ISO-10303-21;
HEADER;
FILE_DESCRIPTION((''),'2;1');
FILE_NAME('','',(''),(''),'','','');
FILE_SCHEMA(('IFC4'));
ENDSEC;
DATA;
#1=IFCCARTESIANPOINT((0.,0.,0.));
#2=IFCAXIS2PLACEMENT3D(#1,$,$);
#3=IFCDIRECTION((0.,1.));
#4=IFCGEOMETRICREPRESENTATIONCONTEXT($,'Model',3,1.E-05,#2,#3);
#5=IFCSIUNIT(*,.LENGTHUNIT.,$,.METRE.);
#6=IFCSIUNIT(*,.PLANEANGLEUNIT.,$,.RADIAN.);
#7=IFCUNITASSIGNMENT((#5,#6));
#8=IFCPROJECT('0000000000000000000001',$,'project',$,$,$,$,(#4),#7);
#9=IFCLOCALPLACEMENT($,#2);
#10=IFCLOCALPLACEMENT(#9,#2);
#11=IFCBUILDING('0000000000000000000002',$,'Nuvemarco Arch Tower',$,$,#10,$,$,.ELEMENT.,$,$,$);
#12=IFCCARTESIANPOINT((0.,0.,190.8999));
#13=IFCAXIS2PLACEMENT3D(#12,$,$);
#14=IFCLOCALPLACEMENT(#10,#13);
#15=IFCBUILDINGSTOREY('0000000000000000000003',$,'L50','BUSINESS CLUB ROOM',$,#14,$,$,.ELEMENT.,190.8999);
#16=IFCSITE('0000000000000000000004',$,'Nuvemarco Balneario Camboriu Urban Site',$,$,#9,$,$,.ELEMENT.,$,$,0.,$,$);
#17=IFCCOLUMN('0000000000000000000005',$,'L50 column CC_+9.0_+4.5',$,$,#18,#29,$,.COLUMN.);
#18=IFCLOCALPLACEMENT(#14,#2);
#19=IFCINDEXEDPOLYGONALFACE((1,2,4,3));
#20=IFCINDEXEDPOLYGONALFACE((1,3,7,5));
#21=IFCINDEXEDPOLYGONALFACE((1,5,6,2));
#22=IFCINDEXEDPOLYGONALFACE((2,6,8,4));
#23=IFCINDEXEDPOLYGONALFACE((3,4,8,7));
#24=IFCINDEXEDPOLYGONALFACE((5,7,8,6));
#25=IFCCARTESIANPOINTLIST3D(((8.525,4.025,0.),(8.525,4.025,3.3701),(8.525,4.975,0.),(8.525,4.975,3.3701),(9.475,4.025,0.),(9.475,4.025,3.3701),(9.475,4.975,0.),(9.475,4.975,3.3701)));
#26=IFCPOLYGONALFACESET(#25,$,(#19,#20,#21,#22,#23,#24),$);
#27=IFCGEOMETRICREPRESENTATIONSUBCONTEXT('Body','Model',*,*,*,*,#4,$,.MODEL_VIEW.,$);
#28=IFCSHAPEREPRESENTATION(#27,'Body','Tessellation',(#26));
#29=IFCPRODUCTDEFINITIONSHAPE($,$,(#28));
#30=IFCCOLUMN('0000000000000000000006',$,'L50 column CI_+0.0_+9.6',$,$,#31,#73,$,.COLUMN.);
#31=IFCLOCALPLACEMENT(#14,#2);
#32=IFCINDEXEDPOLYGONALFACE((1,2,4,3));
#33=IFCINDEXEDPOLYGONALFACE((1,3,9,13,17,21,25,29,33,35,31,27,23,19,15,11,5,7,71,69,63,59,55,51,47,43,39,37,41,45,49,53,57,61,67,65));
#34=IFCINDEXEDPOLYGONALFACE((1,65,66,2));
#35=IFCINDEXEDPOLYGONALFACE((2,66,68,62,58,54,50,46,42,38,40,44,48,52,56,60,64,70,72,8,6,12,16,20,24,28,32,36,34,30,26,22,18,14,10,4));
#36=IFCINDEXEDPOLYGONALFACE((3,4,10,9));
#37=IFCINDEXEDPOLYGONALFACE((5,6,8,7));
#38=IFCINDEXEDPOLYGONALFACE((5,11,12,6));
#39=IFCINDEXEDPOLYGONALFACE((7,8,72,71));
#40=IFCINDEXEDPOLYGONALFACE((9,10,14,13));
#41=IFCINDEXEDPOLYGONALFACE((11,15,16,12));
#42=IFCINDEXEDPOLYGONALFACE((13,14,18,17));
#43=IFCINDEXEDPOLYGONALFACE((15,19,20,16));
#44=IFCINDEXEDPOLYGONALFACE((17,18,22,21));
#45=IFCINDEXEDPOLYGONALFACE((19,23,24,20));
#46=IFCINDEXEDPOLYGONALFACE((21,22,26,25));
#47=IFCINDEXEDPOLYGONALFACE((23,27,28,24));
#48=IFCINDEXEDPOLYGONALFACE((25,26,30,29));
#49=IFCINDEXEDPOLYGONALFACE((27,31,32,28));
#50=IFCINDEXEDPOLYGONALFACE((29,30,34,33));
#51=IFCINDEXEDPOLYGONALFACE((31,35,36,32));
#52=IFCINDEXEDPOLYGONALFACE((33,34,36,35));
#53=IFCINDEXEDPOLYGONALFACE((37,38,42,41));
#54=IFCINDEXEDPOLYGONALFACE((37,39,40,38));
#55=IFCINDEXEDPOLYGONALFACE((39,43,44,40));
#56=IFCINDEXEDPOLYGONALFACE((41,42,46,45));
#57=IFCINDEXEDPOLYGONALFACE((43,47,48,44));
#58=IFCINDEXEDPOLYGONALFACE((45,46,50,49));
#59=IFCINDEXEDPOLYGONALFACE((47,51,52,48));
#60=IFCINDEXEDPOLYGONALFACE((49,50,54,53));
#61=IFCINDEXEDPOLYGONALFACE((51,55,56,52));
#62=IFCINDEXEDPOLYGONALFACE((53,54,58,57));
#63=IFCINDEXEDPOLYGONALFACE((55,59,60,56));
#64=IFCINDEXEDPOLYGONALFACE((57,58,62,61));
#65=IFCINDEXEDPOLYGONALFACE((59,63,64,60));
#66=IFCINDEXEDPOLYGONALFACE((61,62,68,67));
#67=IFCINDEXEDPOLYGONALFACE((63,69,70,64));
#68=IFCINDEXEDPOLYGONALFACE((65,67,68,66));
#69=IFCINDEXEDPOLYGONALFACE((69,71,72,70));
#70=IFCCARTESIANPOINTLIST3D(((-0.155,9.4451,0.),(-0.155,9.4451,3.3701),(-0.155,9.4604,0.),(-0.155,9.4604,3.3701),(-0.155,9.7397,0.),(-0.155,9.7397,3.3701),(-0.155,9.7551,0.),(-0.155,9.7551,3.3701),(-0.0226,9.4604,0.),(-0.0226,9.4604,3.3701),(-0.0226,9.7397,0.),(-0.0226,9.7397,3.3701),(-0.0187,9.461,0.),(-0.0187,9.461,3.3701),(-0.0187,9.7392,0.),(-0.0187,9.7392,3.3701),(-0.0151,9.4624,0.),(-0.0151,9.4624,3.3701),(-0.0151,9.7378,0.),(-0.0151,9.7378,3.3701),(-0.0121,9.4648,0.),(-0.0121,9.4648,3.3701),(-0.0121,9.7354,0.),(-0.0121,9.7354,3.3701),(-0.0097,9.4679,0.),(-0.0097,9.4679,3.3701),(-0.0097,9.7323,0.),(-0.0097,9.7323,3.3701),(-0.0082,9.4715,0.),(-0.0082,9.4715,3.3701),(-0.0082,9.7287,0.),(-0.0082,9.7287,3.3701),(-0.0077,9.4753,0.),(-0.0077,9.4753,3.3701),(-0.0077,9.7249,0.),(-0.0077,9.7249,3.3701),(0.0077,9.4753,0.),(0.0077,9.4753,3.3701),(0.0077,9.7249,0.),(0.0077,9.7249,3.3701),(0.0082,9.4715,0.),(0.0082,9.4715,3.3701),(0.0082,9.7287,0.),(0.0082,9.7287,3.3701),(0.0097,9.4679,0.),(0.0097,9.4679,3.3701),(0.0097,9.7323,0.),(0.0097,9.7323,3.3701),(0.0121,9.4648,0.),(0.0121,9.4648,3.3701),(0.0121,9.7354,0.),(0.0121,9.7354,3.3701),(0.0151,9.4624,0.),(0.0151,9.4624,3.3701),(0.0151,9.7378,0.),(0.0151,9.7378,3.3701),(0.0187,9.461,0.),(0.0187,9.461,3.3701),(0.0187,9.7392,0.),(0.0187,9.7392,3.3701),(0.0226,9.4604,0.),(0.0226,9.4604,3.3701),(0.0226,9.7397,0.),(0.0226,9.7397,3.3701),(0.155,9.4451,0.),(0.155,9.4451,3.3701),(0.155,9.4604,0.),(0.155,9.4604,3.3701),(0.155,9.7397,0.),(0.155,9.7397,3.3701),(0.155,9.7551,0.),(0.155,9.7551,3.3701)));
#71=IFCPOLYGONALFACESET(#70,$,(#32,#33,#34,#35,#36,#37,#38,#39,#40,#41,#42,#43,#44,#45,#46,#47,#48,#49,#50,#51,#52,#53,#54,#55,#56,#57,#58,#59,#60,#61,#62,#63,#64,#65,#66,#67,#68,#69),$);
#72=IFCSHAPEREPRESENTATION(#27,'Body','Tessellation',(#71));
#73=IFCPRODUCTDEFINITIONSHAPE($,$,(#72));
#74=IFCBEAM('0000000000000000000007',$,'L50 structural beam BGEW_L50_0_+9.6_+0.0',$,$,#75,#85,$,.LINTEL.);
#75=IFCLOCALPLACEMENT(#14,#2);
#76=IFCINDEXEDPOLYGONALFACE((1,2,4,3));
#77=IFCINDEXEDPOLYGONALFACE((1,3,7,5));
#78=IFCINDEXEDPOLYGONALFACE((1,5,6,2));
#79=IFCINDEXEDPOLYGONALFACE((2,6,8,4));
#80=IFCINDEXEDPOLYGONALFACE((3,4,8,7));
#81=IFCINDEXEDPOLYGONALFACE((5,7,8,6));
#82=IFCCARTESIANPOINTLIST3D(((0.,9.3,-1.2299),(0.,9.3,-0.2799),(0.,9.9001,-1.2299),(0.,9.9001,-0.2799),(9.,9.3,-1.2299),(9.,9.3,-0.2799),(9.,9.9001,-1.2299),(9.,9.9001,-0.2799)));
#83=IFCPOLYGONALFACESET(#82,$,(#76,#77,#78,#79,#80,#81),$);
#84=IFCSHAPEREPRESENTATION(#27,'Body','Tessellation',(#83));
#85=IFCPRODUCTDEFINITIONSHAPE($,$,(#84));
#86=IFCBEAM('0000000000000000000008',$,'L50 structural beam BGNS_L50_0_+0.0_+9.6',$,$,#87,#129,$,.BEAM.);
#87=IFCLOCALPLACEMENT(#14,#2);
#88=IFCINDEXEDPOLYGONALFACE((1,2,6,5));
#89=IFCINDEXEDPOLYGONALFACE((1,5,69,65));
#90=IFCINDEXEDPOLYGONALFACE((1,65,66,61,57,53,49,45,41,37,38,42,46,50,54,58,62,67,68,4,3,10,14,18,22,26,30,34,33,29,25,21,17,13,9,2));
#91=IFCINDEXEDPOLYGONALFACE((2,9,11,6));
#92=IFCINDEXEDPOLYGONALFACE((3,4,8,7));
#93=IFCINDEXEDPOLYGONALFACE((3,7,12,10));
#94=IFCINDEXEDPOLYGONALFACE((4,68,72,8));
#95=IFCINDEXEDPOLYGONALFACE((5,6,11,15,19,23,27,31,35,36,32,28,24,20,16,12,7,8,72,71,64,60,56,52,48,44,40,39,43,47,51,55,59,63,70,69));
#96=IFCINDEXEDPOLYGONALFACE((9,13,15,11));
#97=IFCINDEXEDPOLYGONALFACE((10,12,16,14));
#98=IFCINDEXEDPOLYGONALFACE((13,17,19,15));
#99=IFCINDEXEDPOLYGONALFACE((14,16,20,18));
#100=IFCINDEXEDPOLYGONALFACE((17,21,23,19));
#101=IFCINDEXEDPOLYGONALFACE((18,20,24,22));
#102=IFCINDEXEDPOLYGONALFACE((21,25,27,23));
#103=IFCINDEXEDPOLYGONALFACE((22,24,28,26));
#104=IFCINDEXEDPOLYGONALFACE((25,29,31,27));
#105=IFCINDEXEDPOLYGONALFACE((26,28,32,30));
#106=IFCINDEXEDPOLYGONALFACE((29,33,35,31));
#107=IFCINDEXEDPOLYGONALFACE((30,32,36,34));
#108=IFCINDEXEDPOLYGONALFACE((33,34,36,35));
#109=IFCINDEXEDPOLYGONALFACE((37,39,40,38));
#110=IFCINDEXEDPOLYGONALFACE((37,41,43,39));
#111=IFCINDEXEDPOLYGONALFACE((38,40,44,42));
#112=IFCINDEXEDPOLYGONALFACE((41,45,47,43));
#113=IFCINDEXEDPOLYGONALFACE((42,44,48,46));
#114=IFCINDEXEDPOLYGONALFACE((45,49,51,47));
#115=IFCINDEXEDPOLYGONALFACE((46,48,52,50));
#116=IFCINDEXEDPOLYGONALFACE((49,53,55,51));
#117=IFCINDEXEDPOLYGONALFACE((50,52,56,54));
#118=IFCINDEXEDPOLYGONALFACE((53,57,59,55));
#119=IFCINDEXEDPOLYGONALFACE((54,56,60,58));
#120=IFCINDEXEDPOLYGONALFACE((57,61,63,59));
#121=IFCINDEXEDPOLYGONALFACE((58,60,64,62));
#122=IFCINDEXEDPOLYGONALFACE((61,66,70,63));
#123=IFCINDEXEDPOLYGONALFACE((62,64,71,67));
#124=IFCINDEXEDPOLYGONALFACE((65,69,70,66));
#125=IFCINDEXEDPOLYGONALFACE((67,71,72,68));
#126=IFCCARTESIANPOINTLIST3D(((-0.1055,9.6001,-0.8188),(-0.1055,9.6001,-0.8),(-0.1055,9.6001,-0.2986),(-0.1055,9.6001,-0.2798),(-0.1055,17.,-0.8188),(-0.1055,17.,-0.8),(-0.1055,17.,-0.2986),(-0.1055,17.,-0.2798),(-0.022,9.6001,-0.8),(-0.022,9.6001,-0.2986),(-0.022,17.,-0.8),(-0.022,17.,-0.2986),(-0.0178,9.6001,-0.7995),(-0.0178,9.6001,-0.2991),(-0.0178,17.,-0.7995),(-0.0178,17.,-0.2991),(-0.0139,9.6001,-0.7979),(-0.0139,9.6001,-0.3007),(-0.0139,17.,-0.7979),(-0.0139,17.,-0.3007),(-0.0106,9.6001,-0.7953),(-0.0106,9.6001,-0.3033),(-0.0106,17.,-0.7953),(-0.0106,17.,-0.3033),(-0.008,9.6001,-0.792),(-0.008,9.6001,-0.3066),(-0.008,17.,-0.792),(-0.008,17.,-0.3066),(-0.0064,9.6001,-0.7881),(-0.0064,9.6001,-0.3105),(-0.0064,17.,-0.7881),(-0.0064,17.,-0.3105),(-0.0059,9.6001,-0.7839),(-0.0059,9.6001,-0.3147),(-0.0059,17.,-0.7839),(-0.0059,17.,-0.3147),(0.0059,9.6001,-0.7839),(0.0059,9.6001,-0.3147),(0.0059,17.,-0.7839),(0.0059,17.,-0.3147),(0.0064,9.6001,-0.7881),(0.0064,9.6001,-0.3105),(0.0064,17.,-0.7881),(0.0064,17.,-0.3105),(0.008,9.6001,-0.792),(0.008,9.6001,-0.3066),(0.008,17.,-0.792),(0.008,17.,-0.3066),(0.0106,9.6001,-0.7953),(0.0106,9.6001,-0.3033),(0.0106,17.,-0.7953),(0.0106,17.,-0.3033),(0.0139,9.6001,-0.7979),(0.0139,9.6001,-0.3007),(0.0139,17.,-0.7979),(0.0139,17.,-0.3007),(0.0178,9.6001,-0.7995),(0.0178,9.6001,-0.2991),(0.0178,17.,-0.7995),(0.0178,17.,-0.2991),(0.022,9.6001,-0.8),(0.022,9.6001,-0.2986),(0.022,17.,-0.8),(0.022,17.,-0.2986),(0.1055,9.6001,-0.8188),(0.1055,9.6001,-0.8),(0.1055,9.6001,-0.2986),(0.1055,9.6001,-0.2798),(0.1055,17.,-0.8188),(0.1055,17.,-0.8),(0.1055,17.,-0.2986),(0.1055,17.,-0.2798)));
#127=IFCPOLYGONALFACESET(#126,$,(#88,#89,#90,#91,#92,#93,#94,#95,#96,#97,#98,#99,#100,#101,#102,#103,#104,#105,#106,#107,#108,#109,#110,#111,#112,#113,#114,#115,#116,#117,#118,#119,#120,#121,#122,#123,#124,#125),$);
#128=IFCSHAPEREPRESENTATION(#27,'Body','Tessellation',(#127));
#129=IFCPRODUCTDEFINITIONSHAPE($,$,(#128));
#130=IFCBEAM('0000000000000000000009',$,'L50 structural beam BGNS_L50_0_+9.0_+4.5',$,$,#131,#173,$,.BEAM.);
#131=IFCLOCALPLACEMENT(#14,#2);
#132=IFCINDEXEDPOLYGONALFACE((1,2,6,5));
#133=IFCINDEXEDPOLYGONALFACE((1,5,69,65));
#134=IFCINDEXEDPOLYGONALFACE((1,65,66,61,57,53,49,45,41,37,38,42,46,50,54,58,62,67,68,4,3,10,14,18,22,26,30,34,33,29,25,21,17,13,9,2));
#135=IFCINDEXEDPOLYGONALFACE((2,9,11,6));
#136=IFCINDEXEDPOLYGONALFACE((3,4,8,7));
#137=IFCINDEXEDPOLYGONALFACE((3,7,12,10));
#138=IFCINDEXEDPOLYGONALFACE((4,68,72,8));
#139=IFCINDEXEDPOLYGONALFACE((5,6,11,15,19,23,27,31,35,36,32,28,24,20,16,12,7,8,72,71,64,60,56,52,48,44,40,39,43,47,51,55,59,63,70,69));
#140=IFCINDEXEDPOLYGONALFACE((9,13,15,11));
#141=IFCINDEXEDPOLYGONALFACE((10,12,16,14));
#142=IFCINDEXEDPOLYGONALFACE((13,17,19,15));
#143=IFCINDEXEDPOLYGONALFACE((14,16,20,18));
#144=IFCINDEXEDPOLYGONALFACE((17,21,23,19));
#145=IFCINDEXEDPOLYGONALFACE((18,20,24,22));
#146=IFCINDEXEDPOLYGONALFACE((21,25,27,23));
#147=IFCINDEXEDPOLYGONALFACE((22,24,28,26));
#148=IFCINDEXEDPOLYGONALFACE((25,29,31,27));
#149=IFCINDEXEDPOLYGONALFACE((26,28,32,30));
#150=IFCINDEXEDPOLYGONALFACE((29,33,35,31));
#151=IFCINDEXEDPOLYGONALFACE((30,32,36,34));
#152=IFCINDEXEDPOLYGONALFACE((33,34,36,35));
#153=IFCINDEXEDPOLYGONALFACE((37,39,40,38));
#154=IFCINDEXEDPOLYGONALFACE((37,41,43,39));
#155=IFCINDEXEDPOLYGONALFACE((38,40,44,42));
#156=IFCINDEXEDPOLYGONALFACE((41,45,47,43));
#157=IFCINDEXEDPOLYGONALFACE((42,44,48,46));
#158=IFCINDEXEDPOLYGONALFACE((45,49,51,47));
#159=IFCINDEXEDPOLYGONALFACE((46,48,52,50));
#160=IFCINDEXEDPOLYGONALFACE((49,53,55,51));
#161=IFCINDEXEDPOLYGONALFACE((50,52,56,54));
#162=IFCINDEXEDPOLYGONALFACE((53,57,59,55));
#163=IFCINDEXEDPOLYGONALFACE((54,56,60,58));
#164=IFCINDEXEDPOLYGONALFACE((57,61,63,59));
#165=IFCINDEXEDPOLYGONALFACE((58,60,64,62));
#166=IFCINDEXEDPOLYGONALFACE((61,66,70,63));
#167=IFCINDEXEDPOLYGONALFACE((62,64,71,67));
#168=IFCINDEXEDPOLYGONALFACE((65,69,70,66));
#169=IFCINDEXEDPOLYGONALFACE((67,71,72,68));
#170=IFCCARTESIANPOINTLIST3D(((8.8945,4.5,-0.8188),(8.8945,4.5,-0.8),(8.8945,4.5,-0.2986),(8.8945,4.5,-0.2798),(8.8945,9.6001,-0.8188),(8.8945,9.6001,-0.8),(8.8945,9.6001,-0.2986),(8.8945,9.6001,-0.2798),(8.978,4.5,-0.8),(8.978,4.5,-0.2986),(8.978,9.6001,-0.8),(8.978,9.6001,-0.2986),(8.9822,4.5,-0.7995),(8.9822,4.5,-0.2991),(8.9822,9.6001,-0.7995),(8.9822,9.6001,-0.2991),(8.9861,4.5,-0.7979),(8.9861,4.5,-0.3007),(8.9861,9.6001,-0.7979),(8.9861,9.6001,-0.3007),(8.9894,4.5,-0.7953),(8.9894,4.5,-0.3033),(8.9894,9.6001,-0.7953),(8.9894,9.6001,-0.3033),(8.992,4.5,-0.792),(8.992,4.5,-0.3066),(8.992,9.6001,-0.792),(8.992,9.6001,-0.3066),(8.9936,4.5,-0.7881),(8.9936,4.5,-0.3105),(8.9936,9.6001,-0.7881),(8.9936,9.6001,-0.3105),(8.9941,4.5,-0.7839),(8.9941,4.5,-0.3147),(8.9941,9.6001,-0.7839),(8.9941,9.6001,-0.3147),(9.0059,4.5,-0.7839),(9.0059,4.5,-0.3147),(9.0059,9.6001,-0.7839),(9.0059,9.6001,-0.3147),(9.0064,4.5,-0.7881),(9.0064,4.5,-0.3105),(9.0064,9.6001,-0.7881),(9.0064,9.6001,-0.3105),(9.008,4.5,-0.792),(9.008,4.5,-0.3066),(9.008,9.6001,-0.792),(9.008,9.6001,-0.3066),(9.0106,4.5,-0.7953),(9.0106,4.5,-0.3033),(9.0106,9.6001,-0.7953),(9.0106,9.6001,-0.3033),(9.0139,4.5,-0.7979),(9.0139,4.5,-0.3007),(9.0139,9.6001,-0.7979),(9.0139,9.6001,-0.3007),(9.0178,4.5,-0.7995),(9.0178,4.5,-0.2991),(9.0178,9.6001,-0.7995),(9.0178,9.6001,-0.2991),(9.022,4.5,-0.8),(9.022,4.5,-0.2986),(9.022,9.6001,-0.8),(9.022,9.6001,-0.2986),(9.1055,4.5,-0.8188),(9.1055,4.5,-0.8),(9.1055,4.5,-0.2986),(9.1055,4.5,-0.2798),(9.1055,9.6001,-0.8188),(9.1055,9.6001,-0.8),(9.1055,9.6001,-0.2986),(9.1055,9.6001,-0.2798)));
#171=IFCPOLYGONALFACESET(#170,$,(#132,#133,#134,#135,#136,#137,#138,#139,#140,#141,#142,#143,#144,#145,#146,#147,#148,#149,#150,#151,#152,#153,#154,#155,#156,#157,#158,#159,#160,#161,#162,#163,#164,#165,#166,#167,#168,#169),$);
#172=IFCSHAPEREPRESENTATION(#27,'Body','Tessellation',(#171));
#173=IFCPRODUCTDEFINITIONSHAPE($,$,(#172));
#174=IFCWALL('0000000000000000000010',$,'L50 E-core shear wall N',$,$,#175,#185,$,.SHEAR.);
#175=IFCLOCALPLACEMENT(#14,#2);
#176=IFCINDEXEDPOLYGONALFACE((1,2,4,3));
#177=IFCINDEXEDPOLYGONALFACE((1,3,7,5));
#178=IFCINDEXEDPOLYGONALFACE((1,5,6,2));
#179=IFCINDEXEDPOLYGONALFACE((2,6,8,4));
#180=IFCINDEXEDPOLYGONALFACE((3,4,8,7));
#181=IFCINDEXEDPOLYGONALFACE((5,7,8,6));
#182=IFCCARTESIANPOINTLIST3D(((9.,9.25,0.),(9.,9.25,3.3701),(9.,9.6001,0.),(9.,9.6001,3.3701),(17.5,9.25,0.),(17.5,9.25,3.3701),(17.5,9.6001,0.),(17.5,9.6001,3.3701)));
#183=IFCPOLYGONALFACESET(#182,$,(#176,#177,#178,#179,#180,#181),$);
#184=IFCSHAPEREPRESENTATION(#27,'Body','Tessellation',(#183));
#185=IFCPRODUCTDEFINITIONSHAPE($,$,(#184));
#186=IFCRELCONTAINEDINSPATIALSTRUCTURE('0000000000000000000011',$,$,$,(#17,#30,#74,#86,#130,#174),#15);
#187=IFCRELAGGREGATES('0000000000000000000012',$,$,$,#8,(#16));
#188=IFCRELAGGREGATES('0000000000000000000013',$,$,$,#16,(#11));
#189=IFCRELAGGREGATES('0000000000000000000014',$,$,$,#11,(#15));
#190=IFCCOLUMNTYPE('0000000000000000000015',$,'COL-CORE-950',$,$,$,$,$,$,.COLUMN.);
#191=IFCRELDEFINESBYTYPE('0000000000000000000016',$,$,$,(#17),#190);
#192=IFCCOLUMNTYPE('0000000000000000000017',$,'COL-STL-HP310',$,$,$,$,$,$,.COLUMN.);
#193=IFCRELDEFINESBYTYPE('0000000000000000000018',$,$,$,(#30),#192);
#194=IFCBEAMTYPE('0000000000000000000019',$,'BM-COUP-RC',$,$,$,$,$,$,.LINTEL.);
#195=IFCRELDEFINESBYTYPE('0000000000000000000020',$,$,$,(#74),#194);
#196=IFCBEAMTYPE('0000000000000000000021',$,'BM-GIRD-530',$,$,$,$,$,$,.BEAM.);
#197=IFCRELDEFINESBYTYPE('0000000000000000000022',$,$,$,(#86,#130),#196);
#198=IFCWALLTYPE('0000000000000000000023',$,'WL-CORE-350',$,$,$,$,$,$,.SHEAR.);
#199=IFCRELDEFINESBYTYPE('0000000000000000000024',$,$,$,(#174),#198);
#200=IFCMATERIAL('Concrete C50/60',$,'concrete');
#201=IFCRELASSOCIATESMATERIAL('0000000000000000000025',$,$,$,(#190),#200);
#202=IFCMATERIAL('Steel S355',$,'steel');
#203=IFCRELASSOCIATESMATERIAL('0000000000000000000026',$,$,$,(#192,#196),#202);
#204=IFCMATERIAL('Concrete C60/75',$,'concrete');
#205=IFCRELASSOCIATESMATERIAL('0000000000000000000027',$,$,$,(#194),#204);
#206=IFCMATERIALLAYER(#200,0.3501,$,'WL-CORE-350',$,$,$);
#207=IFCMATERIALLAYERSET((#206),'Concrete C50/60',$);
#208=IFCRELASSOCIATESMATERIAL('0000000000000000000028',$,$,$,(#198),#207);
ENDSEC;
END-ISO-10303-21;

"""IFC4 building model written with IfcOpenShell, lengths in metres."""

from ifc_helpers import new_model, si_unit, direction, frame, frame_2d, origin, origin_2d, place, context, subcontext, project, spatial, rectangle, i_section, extrude, material, layer, layer_set, material_profile, profile_set, type_object, element, save


model = new_model("IFC4")

# Units and contexts
model_context = context("Model", 3, precision=1e-05, world=origin(), true_north=direction((0.0, 1.0)))
body_context = subcontext(model_context, "Body", "Model", "MODEL_VIEW")
ifc_project = project(units=[si_unit("LENGTHUNIT", "METRE"), si_unit("PLANEANGLEUNIT", "RADIAN")], contexts=[model_context])

# Site, building, storey
site_placement = place(None, origin())
site = spatial("IfcSite", under=ifc_project, at=site_placement, Name="Nuvemarco Balneario Camboriu Urban Site", CompositionType="ELEMENT", RefElevation=0.0)
building_placement = place(site_placement, origin())
building = spatial("IfcBuilding", under=site, at=building_placement, Name="Nuvemarco Arch Tower", CompositionType="ELEMENT")
storey_placement = place(building_placement, frame((0.0, 0.0, 190.8999)))
storey = spatial("IfcBuildingStorey", under=building, at=storey_placement, Name="L50", Description="BUSINESS CLUB ROOM", CompositionType="ELEMENT", Elevation=190.8999)

# Columns
ifc_material_1 = material(Name="Concrete C50/60", Category="concrete")
ifc_material_profile_1 = material_profile(ifc_material_1, rectangle(XDim=0.95, YDim=0.95, at=origin_2d()), Name="RC-COL-950x950")
ifc_profile_set_1 = profile_set([ifc_material_profile_1], Name="Concrete C50/60")
column_type_1 = type_object("IfcColumnType", Name="COL-CORE-950", PredefinedType="COLUMN", material=ifc_profile_set_1)
column_1_placement = place(storey_placement, frame((9.0, 4.5, 0.0), z_axis=(0.0, 0.0, 1.0), x_axis=(1.0, 0.0, 0.0)))
element("IfcColumn", 1, at=column_1_placement, inside=storey, type_object=column_type_1, Name="L50 column CC_+9.0_+4.5", PredefinedType="COLUMN", context=body_context, shape_type="SweptSolid", body=[
    extrude(rectangle(XDim=0.95, YDim=0.95, at=origin_2d()), origin(), (0.0, 0.0, 1.0), 3.3701),
])
ifc_material_2 = material(Name="Steel S355", Category="steel")
ifc_material_profile_2 = material_profile(ifc_material_2, i_section(OverallWidth=0.3101, OverallDepth=0.3101, WebThickness=0.0154, FlangeThickness=0.0154, FilletRadius=0.0149, at=origin_2d()), Name="HP310x110")
ifc_profile_set_2 = profile_set([ifc_material_profile_2], Name="Steel S355")
column_type_2 = type_object("IfcColumnType", Name="COL-STL-HP310", PredefinedType="COLUMN", material=ifc_profile_set_2)
column_2_placement = place(storey_placement, frame((0.0, 9.6001, 0.0), z_axis=(0.0, 0.0, 1.0), x_axis=(1.0, 0.0, 0.0)))
element("IfcColumn", 2, at=column_2_placement, inside=storey, type_object=column_type_2, Name="L50 column CI_+0.0_+9.6", PredefinedType="COLUMN", context=body_context, shape_type="SweptSolid", body=[
    extrude(i_section(OverallWidth=0.3101, OverallDepth=0.3101, WebThickness=0.0154, FlangeThickness=0.0154, FilletRadius=0.0149, at=origin_2d()), origin(), (0.0, 0.0, 1.0), 3.3701),
])

# Beams
ifc_material_3 = material(Name="Concrete C60/75", Category="concrete")
ifc_material_profile_3 = material_profile(ifc_material_3, rectangle(XDim=0.6001, YDim=0.95, at=origin_2d()), Name="RC-BM-600x950")
ifc_profile_set_3 = profile_set([ifc_material_profile_3], Name="Concrete C60/75")
beam_type_1 = type_object("IfcBeamType", Name="BM-COUP-RC", PredefinedType="LINTEL", material=ifc_profile_set_3)
beam_1_placement = place(storey_placement, frame((0.0, 9.6001, -0.7549), z_axis=(1.0, 0.0, 0.0), x_axis=(0.0, 1.0, 0.0)))
element("IfcBeam", 3, at=beam_1_placement, inside=storey, type_object=beam_type_1, Name="L50 structural beam BGEW_L50_0_+9.6_+0.0", PredefinedType="LINTEL", context=body_context, shape_type="SweptSolid", body=[
    extrude(rectangle(XDim=0.6001, YDim=0.95, at=origin_2d()), origin(), (0.0, 0.0, 1.0), 9.0),
])
ifc_material_profile_4 = material_profile(ifc_material_2, i_section(OverallWidth=0.2109, OverallDepth=0.5391, WebThickness=0.0117, FlangeThickness=0.0188, FilletRadius=0.0161, at=origin_2d()), Name="W530x109")
ifc_profile_set_4 = profile_set([ifc_material_profile_4], Name="Steel S355")
beam_type_2 = type_object("IfcBeamType", Name="BM-GIRD-530", PredefinedType="BEAM", material=ifc_profile_set_4)
beam_2_placement = place(storey_placement, frame((0.0, 9.6001, -0.5493), z_axis=(0.0, 1.0, 0.0), x_axis=(-1.0, 0.0, 0.0)))
element("IfcBeam", 4, at=beam_2_placement, inside=storey, type_object=beam_type_2, Name="L50 structural beam BGNS_L50_0_+0.0_+9.6", PredefinedType="BEAM", context=body_context, shape_type="SweptSolid", body=[
    extrude(i_section(OverallWidth=0.2109, OverallDepth=0.5391, WebThickness=0.0117, FlangeThickness=0.0188, FilletRadius=0.0161, at=origin_2d()), origin(), (0.0, 0.0, 1.0), 7.3999),
])
beam_3_placement = place(storey_placement, frame((9.0, 4.5, -0.5493), z_axis=(0.0, 1.0, 0.0), x_axis=(-1.0, 0.0, 0.0)))
element("IfcBeam", 5, at=beam_3_placement, inside=storey, type_object=beam_type_2, Name="L50 structural beam BGNS_L50_0_+9.0_+4.5", PredefinedType="BEAM", context=body_context, shape_type="SweptSolid", body=[
    extrude(i_section(OverallWidth=0.2109, OverallDepth=0.5391, WebThickness=0.0117, FlangeThickness=0.0188, FilletRadius=0.0161, at=origin_2d()), origin(), (0.0, 0.0, 1.0), 5.1001),
])

# Wall
ifc_layer_1 = layer(ifc_material_1, 0.3501, Name="WL-CORE-350")
ifc_layer_set_1 = layer_set([ifc_layer_1], Name="Concrete C50/60")
wall_type_1 = type_object("IfcWallType", Name="WL-CORE-350", PredefinedType="SHEAR", material=ifc_layer_set_1)
wall_1_placement = place(storey_placement, frame((9.0, 9.425, 0.0), z_axis=(0.0, 0.0, 1.0), x_axis=(1.0, 0.0, 0.0)))
element("IfcWall", 6, at=wall_1_placement, inside=storey, type_object=wall_type_1, Name="L50 E-core shear wall N", PredefinedType="SHEAR", context=body_context, shape_type="SweptSolid", body=[
    extrude(rectangle(XDim=8.5, YDim=0.3501, at=frame_2d((4.25, 0.0))), origin(), (0.0, 0.0, 1.0), 3.3701),
])

save(model, "model.ifc")
